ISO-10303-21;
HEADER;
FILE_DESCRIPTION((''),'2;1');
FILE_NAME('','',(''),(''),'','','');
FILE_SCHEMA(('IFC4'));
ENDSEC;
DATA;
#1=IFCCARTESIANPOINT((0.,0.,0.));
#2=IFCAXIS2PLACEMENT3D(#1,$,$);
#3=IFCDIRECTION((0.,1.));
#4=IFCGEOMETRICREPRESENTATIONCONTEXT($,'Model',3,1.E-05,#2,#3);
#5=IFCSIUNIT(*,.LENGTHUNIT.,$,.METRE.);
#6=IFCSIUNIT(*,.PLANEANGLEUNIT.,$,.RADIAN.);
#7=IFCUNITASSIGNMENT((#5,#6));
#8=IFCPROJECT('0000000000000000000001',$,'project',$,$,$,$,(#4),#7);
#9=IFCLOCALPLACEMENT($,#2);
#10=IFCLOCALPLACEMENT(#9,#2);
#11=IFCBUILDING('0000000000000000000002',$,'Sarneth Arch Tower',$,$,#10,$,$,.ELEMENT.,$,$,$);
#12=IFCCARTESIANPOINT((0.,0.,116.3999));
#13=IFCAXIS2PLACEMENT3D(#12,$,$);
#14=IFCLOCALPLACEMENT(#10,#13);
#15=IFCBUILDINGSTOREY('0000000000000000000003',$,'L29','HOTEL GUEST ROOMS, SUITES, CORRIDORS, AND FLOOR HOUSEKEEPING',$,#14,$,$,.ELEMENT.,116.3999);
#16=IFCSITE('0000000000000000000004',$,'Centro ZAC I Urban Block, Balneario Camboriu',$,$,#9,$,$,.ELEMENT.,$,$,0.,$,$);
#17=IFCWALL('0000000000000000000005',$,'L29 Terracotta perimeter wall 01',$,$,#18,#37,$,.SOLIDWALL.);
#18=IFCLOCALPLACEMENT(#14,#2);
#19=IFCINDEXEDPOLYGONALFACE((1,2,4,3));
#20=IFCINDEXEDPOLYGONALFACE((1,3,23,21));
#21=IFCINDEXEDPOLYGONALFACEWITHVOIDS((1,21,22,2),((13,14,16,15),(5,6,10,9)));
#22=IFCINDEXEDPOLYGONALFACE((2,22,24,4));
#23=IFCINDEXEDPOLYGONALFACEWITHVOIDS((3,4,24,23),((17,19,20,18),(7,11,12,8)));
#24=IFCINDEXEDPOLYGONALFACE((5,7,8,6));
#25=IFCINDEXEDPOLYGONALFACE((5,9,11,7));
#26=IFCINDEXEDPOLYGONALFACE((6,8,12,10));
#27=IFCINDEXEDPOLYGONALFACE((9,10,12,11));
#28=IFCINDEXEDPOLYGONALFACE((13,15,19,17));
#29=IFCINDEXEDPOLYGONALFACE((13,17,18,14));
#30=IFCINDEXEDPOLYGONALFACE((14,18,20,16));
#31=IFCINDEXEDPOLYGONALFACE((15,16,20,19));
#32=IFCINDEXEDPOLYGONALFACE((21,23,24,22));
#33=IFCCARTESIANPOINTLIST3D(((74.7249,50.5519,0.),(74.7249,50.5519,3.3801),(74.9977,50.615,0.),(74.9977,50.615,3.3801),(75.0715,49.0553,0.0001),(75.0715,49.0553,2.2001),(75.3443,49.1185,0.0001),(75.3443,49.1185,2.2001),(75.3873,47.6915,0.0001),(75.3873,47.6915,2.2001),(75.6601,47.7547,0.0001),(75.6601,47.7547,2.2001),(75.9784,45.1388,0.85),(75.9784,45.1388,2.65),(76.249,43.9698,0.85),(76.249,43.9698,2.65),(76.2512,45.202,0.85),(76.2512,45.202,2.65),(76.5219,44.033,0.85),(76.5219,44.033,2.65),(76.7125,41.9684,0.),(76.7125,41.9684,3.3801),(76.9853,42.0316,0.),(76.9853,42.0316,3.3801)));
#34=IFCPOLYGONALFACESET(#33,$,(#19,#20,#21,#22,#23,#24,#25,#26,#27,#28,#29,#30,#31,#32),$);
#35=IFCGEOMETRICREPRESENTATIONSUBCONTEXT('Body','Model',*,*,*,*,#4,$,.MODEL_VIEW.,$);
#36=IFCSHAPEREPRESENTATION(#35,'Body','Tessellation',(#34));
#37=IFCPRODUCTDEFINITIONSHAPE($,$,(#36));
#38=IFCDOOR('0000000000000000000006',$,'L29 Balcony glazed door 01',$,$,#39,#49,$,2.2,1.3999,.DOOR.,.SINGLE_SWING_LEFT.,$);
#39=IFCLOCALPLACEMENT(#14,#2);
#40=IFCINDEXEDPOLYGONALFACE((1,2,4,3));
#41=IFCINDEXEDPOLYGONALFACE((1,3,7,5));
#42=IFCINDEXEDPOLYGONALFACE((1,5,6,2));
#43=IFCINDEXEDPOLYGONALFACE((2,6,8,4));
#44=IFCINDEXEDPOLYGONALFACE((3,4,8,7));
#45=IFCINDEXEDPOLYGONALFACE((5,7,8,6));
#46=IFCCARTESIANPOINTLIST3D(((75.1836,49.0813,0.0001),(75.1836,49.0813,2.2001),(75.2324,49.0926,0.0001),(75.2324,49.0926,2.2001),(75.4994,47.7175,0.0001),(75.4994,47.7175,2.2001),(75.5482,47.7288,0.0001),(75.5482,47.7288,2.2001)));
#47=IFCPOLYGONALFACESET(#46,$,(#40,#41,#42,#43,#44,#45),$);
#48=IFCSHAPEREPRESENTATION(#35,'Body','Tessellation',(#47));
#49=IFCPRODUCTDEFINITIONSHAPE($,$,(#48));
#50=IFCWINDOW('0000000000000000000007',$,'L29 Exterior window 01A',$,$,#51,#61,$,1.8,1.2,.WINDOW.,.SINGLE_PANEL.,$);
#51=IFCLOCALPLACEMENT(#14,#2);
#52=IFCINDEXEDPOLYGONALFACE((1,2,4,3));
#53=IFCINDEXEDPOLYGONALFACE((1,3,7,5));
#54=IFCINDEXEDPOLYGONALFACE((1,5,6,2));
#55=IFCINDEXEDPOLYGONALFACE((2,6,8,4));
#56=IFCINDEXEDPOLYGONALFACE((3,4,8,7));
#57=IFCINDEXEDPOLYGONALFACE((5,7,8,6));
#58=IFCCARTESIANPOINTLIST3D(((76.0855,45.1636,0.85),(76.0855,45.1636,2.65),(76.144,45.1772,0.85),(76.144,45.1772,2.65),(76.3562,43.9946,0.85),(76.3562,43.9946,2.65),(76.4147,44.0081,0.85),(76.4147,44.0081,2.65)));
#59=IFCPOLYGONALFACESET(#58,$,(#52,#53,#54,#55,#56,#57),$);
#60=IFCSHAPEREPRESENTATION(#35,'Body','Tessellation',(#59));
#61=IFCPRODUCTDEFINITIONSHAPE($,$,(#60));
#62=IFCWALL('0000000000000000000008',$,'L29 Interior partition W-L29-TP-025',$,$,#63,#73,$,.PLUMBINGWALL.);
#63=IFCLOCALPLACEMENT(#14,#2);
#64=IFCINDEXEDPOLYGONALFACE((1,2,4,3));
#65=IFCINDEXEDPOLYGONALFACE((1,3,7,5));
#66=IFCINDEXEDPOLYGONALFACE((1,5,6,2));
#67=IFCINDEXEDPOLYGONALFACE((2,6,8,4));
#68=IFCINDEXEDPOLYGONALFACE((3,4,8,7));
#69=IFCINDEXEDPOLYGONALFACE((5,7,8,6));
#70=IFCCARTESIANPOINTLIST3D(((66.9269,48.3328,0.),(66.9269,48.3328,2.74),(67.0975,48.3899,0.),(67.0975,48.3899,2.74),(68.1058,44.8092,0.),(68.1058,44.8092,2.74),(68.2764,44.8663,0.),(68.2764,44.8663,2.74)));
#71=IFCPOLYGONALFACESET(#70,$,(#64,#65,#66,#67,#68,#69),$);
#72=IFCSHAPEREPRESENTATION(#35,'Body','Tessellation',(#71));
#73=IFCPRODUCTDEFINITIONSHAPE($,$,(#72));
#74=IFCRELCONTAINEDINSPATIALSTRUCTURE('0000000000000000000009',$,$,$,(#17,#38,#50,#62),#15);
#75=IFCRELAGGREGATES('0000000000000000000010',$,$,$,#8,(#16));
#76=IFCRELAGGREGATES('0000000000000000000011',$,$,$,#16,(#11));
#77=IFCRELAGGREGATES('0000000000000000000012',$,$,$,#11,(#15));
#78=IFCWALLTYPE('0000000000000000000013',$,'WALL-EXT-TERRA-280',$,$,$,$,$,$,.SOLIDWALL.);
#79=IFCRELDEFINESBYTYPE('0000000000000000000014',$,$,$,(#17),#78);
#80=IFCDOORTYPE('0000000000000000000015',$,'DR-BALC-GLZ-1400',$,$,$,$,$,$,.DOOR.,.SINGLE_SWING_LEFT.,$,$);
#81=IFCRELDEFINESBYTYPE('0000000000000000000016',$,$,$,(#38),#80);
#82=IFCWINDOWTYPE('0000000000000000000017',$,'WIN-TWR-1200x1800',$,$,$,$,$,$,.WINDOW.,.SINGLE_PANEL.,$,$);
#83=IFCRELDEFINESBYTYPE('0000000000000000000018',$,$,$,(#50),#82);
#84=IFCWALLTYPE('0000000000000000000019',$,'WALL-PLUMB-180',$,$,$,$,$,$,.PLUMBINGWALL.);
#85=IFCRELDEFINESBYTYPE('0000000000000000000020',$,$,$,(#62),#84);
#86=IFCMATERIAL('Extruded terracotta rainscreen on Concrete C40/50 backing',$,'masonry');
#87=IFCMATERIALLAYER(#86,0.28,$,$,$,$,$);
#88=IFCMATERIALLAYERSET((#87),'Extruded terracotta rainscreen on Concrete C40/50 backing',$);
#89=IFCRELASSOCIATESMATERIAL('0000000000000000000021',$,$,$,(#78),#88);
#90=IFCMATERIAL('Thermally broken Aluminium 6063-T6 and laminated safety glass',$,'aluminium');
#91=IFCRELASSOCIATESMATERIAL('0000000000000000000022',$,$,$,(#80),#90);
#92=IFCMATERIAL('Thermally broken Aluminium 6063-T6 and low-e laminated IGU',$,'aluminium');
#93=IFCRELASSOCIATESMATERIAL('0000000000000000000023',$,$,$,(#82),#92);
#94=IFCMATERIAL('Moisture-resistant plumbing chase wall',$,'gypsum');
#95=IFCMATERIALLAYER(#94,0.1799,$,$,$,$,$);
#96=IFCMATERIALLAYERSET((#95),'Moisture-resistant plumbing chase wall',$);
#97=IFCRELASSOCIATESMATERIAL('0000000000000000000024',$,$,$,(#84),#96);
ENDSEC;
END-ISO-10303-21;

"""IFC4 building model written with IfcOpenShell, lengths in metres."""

from ifc_helpers import new_model, si_unit, direction, frame, frame_2d, origin, place, context, subcontext, project, spatial, rectangle, extrude, material, layer, layer_set, type_object, element, fill, save


model = new_model("IFC4")

# Units and contexts
model_context = context("Model", 3, precision=1e-05, world=origin(), true_north=direction((0.0, 1.0)))
body_context = subcontext(model_context, "Body", "Model", "MODEL_VIEW")
ifc_project = project(units=[si_unit("LENGTHUNIT", "METRE"), si_unit("PLANEANGLEUNIT", "RADIAN")], contexts=[model_context])

# Site, building, storey
site_placement = place(None, origin())
site = spatial("IfcSite", under=ifc_project, at=site_placement, Name="Centro ZAC I Urban Block, Balneario Camboriu", CompositionType="ELEMENT", RefElevation=0.0)
building_placement = place(site_placement, origin())
building = spatial("IfcBuilding", under=site, at=building_placement, Name="Sarneth Arch Tower", CompositionType="ELEMENT")
storey_placement = place(building_placement, frame((0.0, 0.0, 116.3999)))
storey = spatial("IfcBuildingStorey", under=building, at=storey_placement, Name="L29", Description="HOTEL GUEST ROOMS, SUITES, CORRIDORS, AND FLOOR HOUSEKEEPING", CompositionType="ELEMENT", Elevation=116.3999)

# Wall, openings, door, window
ifc_material_1 = material(Name="Extruded terracotta rainscreen on Concrete C40/50 backing", Category="masonry")
ifc_layer_1 = layer(ifc_material_1, 0.28)
ifc_layer_set_1 = layer_set([ifc_layer_1], Name="Extruded terracotta rainscreen on Concrete C40/50 backing")
wall_type_1 = type_object("IfcWallType", Name="WALL-EXT-TERRA-280", PredefinedType="SOLIDWALL", material=ifc_layer_set_1)
wall_1_placement = place(storey_placement, frame((76.8489, 42.0, 0.0), z_axis=(0.0, 0.0, 1.0), x_axis=(-0.225586, 0.974223, 0.0)))
wall_1 = element("IfcWall", 1, at=wall_1_placement, inside=storey, type_object=wall_type_1, Name="L29 Terracotta perimeter wall 01", PredefinedType="SOLIDWALL", context=body_context, shape_type="SweptSolid", body=[
    extrude(rectangle(XDim=8.8105, YDim=0.28, at=frame_2d((4.4053, 0.0))), origin(), (0.0, 0.0, 1.0), 3.3801),
])
opening_1_placement = place(wall_1_placement, frame((2.0542, 0.0, 0.8501)))
opening_1 = element("IfcOpeningElement", 2, at=opening_1_placement, cuts=wall_1, PredefinedType="OPENING", context=body_context, shape_type="SweptSolid", body=[
    extrude(rectangle(XDim=1.2, YDim=1.8, at=frame_2d((0.6001, 0.8999))), frame((0.0, 0.1499, 0.0), z_axis=(0.0, -1.0, 0.0), x_axis=(1.0, 0.0, 0.0)), (0.0, 0.0, 1.0), 0.3),
])
opening_2_placement = place(wall_1_placement, frame((5.8745, 0.0, 0.0)))
opening_2 = element("IfcOpeningElement", 3, at=opening_2_placement, cuts=wall_1, PredefinedType="OPENING", context=body_context, shape_type="SweptSolid", body=[
    extrude(rectangle(XDim=1.3999, YDim=2.2, at=frame_2d((0.7, 1.1001))), frame((0.0, 0.1499, 0.0), z_axis=(0.0, -1.0, 0.0), x_axis=(1.0, 0.0, 0.0)), (0.0, 0.0, 1.0), 0.3),
])
ifc_material_2 = material(Name="Thermally broken Aluminium 6063-T6 and laminated safety glass", Category="aluminium")
door_type = type_object("IfcDoorType", Name="DR-BALC-GLZ-1400", OperationType="SINGLE_SWING_LEFT", PredefinedType="DOOR", material=ifc_material_2)
door_placement = place(opening_2_placement, origin())
door = element("IfcDoor", 4, at=door_placement, inside=storey, type_object=door_type, Name="L29 Balcony glazed door 01", OperationType="SINGLE_SWING_LEFT", OverallHeight=2.2, OverallWidth=1.3999, PredefinedType="DOOR", context=body_context, shape_type="SweptSolid", body=[
    extrude(rectangle(XDim=1.3999, YDim=2.2, at=frame_2d((0.7, 1.1001))), frame((0.0, 0.0249, 0.0), z_axis=(0.0, -1.0, 0.0), x_axis=(1.0, 0.0, 0.0)), (0.0, 0.0, 1.0), 0.05),
])
fill(opening_2, door)
ifc_material_3 = material(Name="Thermally broken Aluminium 6063-T6 and low-e laminated IGU", Category="aluminium")
window_type = type_object("IfcWindowType", Name="WIN-TWR-1200x1800", PartitioningType="SINGLE_PANEL", PredefinedType="WINDOW", material=ifc_material_3)
window_placement = place(opening_1_placement, origin())
window = element("IfcWindow", 5, at=window_placement, inside=storey, type_object=window_type, Name="L29 Exterior window 01A", OverallHeight=1.8, OverallWidth=1.2, PartitioningType="SINGLE_PANEL", PredefinedType="WINDOW", context=body_context, shape_type="SweptSolid", body=[
    extrude(rectangle(XDim=1.2, YDim=1.8, at=frame_2d((0.6001, 0.8999))), frame((0.0, 0.03, 0.0), z_axis=(0.0, -1.0, 0.0), x_axis=(1.0, 0.0, 0.0)), (0.0, 0.0, 1.0), 0.0601),
])
fill(opening_1, window)

# Wall
ifc_material_4 = material(Name="Moisture-resistant plumbing chase wall", Category="gypsum")
ifc_layer_2 = layer(ifc_material_4, 0.1799)
ifc_layer_set_2 = layer_set([ifc_layer_2], Name="Moisture-resistant plumbing chase wall")
wall_type_2 = type_object("IfcWallType", Name="WALL-PLUMB-180", PredefinedType="PLUMBINGWALL", material=ifc_layer_set_2)
wall_2_placement = place(storey_placement, frame((68.1912, 44.8376, 0.0), z_axis=(0.0, 0.0, 1.0), x_axis=(-0.317292, 0.948328, 0.0)))
element("IfcWall", 6, at=wall_2_placement, inside=storey, type_object=wall_type_2, Name="L29 Interior partition W-L29-TP-025", PredefinedType="PLUMBINGWALL", context=body_context, shape_type="SweptSolid", body=[
    extrude(rectangle(XDim=3.7156, YDim=0.1799, at=frame_2d((1.8579, 0.0))), origin(), (0.0, 0.0, 1.0), 2.74),
])

save(model, "model.ifc")
